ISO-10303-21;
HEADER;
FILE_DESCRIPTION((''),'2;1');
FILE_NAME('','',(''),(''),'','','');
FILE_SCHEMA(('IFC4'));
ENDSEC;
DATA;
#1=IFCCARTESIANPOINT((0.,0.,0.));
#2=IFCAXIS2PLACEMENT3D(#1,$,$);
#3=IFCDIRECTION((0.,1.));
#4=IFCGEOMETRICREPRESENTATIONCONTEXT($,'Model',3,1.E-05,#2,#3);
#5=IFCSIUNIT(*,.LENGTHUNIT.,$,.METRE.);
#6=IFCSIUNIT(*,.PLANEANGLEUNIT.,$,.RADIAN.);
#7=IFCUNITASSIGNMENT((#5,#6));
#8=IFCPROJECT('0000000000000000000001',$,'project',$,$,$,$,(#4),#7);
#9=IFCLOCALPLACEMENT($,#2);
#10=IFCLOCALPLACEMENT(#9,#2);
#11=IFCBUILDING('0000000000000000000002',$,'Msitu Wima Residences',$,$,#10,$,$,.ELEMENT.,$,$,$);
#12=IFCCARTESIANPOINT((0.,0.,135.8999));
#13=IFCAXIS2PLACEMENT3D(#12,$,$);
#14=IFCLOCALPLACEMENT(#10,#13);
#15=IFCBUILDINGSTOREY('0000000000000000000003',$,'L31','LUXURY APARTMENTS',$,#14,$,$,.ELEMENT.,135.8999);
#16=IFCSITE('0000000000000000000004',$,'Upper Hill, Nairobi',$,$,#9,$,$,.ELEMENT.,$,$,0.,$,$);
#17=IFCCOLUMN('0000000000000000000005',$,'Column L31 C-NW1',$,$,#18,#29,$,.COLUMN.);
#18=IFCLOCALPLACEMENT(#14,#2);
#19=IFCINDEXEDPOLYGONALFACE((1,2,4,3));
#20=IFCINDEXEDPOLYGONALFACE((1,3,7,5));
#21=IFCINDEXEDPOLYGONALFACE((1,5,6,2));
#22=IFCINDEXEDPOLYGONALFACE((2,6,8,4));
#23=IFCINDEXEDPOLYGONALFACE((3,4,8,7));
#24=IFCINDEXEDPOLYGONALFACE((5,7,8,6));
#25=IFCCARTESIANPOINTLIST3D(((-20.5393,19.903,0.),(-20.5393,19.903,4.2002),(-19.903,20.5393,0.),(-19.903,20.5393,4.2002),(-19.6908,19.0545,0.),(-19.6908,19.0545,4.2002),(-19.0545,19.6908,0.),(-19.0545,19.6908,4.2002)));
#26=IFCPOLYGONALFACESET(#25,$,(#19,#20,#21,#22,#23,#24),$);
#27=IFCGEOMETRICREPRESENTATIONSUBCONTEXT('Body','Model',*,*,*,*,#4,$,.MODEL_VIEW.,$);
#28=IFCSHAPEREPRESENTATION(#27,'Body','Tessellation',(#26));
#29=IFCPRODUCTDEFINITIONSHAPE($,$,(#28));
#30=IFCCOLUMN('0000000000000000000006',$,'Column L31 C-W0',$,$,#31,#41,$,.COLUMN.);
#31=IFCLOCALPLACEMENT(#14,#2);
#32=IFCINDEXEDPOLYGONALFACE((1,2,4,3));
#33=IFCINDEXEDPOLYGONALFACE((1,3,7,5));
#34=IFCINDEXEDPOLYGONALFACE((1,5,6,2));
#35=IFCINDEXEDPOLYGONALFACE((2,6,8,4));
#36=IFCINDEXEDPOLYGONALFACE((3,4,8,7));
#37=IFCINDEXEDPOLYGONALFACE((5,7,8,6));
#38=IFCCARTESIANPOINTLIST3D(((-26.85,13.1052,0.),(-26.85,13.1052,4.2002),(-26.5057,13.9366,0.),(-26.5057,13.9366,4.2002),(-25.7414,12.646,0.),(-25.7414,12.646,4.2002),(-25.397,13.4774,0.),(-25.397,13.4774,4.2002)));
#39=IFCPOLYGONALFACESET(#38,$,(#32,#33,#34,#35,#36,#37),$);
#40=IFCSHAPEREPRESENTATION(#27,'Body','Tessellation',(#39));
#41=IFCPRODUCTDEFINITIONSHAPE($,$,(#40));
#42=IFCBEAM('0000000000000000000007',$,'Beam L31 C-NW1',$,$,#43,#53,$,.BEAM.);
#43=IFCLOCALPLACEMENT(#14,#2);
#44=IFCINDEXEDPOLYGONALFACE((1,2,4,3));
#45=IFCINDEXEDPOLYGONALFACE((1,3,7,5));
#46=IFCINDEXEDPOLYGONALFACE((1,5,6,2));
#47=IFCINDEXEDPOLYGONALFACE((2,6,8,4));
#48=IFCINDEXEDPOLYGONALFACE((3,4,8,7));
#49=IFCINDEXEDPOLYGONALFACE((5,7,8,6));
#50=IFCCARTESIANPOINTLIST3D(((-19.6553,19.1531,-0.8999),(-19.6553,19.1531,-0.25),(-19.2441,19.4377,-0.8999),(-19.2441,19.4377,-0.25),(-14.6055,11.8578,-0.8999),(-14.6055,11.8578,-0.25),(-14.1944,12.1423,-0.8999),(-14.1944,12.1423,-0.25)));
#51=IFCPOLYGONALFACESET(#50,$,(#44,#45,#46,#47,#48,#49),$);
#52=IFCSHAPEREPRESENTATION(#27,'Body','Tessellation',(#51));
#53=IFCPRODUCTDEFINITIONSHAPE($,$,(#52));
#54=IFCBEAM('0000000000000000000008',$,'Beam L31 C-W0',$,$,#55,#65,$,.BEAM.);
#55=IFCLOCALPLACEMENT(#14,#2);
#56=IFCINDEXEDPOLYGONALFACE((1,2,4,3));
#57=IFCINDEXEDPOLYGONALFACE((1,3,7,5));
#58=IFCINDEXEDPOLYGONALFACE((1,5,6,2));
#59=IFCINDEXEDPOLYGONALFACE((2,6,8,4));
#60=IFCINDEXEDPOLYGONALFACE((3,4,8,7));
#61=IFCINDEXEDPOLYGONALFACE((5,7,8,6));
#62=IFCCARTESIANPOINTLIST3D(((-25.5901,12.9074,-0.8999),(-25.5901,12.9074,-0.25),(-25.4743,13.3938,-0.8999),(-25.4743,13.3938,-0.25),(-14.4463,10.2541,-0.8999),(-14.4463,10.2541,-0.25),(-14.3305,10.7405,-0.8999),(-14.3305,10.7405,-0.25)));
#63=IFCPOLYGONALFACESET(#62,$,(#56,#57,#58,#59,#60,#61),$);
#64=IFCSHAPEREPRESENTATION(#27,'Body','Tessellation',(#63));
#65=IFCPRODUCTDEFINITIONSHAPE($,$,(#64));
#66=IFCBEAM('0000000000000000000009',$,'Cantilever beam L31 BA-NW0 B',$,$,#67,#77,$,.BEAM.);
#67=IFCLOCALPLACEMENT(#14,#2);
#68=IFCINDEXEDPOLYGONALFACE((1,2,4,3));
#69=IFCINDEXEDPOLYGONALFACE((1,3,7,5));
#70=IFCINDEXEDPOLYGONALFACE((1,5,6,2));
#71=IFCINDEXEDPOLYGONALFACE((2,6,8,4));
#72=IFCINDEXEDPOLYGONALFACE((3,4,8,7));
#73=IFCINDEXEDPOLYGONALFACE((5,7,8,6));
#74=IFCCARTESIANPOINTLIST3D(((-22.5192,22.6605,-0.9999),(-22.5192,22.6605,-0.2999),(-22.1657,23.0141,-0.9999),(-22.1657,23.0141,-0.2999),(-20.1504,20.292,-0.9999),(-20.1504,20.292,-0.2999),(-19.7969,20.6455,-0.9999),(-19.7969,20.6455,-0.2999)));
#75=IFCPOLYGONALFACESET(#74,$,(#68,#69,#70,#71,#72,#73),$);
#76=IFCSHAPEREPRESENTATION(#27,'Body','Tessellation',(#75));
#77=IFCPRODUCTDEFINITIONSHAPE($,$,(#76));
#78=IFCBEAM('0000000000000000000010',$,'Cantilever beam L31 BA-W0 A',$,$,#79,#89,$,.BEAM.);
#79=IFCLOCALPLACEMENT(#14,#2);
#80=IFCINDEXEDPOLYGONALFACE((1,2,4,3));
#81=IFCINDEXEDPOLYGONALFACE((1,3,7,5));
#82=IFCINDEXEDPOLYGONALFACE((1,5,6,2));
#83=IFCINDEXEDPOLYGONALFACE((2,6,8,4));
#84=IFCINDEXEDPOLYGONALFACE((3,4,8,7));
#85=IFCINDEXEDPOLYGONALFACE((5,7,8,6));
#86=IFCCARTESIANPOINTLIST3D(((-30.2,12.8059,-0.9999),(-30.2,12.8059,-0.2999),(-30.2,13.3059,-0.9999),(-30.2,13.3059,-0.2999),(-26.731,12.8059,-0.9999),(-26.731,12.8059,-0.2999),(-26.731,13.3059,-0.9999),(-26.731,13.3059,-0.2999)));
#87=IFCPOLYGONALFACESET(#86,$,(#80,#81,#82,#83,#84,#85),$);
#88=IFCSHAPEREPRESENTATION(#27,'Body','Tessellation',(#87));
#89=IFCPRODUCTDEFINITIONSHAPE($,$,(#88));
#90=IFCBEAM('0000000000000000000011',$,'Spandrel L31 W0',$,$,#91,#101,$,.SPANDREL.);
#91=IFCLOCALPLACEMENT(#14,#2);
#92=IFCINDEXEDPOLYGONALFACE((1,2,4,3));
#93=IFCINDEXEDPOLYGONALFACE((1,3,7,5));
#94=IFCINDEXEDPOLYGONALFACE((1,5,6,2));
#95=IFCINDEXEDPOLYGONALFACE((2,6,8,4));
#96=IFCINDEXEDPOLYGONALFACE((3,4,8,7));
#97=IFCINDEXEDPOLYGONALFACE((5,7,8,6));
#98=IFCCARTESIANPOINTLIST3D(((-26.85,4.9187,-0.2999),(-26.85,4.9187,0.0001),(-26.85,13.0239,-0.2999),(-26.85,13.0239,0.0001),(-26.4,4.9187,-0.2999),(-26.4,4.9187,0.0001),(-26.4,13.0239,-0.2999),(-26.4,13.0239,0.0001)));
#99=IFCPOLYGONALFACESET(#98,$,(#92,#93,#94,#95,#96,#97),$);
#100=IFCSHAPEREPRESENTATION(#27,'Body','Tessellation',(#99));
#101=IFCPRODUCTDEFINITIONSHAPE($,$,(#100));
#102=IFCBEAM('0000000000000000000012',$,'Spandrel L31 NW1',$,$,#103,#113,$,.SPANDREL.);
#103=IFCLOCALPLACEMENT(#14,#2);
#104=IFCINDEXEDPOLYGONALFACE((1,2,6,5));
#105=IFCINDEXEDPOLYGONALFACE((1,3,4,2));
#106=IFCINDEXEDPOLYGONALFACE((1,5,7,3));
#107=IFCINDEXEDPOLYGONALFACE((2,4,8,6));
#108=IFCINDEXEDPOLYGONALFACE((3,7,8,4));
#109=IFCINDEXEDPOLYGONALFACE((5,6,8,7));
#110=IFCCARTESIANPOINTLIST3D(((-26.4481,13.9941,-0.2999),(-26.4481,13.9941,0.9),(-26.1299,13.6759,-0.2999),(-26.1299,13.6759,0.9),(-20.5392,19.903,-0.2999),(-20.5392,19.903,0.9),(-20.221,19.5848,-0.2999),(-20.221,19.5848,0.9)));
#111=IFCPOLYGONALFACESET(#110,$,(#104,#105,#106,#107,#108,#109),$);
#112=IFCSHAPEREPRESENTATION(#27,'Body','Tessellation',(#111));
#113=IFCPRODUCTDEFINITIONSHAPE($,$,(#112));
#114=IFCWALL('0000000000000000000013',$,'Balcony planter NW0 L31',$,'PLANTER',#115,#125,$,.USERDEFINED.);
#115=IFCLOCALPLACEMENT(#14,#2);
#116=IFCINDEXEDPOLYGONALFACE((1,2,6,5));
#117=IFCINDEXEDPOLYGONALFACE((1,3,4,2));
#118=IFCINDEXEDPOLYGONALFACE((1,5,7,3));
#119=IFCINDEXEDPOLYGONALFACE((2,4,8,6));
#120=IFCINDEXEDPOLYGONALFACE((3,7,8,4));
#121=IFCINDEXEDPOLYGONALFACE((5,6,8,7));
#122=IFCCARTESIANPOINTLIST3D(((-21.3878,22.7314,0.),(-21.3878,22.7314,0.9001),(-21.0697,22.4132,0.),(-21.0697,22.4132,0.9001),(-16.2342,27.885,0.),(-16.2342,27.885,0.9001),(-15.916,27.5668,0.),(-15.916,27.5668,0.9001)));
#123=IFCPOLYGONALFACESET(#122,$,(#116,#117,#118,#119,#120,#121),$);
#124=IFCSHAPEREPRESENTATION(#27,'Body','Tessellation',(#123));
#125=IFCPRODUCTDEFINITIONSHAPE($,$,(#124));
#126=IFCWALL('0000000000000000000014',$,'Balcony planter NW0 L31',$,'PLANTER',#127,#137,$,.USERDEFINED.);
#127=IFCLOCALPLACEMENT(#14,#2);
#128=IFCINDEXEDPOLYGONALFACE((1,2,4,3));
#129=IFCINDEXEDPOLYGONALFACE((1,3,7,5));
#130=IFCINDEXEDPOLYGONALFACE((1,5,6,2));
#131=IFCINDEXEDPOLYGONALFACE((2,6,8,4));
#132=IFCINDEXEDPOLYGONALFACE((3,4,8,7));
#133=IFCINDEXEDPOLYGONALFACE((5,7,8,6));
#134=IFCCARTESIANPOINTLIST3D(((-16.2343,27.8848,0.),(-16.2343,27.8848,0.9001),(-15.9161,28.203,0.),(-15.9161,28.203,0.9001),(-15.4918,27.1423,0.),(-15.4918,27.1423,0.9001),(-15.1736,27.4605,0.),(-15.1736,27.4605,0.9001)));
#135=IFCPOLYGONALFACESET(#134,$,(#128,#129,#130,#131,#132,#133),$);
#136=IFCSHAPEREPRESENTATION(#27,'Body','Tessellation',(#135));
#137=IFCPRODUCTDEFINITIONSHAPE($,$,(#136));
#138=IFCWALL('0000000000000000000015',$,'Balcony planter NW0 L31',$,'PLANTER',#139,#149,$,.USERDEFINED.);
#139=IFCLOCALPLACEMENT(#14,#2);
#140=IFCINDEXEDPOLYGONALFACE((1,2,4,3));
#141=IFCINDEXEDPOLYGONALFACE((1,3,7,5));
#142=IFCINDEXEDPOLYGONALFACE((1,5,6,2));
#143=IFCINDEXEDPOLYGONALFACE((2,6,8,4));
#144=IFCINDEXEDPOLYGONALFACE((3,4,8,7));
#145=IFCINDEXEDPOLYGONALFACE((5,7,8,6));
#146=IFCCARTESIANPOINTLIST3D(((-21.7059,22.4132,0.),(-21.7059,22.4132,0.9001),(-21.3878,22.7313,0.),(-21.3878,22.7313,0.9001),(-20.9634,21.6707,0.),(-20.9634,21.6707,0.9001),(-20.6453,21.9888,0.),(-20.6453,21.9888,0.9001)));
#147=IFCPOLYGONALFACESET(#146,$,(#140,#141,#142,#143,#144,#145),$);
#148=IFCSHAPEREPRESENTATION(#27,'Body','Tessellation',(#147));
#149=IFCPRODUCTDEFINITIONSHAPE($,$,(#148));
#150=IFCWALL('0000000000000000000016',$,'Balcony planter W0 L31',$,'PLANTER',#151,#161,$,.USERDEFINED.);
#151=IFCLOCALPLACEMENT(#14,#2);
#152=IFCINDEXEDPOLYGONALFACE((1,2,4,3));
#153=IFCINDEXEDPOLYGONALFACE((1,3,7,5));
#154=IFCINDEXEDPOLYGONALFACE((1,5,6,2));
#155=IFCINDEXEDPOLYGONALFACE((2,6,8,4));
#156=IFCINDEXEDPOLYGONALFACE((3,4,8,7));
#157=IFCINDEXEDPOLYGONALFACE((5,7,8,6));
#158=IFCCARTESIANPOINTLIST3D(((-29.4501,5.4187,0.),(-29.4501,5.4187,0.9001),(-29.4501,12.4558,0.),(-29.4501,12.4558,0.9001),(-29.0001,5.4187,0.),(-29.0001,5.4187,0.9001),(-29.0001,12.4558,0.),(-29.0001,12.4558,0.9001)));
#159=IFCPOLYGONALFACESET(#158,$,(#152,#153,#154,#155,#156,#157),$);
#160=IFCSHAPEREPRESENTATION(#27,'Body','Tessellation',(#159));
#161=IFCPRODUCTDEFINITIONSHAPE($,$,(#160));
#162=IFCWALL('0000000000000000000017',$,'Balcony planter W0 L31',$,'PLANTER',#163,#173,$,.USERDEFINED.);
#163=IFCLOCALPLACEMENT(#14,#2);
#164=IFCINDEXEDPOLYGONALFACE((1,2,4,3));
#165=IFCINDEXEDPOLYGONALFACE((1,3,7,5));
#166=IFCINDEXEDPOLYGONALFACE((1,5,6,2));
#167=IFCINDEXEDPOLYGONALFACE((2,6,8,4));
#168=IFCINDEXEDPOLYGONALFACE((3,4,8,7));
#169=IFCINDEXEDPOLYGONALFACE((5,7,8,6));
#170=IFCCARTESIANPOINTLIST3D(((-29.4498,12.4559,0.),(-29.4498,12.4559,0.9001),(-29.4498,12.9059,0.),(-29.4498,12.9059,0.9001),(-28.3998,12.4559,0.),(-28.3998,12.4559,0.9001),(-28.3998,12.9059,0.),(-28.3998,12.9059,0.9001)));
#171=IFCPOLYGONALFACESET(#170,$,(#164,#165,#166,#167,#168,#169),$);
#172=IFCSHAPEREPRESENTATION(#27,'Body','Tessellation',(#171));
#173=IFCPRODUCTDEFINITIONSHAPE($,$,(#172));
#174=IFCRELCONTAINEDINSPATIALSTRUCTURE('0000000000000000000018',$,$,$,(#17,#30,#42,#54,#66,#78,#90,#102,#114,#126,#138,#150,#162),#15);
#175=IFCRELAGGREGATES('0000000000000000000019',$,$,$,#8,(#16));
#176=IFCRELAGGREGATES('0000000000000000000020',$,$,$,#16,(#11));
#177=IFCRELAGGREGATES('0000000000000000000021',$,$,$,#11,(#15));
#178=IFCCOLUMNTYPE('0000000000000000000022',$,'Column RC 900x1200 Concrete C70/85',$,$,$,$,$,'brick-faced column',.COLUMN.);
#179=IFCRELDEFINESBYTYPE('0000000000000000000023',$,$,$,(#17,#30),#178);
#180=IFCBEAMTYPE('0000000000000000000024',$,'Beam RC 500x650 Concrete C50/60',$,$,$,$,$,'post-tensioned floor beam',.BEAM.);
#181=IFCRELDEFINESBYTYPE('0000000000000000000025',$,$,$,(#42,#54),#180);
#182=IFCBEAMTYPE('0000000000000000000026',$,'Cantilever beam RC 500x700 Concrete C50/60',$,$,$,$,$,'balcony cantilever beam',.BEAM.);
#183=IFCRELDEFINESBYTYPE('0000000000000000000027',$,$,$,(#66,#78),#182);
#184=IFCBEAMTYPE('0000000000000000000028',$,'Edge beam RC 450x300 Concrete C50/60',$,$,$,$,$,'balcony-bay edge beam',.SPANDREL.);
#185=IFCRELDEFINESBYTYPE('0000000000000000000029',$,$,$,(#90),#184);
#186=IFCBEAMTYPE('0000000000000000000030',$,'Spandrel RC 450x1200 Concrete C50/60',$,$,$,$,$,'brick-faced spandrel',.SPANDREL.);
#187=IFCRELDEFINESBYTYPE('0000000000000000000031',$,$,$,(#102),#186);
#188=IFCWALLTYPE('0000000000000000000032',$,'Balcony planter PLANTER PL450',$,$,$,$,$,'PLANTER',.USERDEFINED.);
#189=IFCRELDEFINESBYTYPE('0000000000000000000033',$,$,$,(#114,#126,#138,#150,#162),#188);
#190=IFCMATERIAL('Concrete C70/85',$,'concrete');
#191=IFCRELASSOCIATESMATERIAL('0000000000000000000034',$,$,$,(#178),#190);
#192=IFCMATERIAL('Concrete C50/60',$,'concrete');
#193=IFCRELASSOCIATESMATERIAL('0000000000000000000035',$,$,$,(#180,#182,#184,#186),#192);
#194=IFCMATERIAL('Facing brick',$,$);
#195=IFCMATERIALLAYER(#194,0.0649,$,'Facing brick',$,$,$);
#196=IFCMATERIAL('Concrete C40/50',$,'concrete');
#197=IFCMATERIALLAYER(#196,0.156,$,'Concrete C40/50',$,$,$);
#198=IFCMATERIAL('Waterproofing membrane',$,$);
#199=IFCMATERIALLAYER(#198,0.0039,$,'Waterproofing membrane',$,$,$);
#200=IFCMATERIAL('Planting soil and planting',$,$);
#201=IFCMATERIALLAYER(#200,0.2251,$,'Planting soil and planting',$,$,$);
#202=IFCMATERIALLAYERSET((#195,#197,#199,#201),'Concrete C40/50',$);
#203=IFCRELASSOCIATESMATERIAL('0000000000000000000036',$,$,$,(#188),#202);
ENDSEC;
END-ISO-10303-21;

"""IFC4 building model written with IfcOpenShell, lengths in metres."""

from ifc_helpers import new_model, si_unit, direction, frame, frame_2d, origin, origin_2d, place, context, subcontext, project, spatial, rectangle, extrude, material, layer, layer_set, material_profile, profile_set, type_object, element, save


model = new_model("IFC4")

# Units and contexts
model_context = context("Model", 3, precision=1e-05, world=origin(), true_north=direction((0.0, 1.0)))
body_context = subcontext(model_context, "Body", "Model", "MODEL_VIEW")
ifc_project = project(units=[si_unit("LENGTHUNIT", "METRE"), si_unit("PLANEANGLEUNIT", "RADIAN")], contexts=[model_context])

# Site, building, storey
site_placement = place(None, origin())
site = spatial("IfcSite", under=ifc_project, at=site_placement, Name="Upper Hill, Nairobi", CompositionType="ELEMENT", RefElevation=0.0)
building_placement = place(site_placement, origin())
building = spatial("IfcBuilding", under=site, at=building_placement, Name="Msitu Wima Residences", CompositionType="ELEMENT")
storey_placement = place(building_placement, frame((0.0, 0.0, 135.8999)))
storey = spatial("IfcBuildingStorey", under=building, at=storey_placement, Name="L31", Description="LUXURY APARTMENTS", CompositionType="ELEMENT", Elevation=135.8999)

# Columns
ifc_material_1 = material(Name="Concrete C70/85", Category="concrete")
ifc_material_profile_1 = material_profile(ifc_material_1, rectangle(XDim=0.8999, YDim=1.2, at=origin_2d()), Name="RC 900x1200")
ifc_profile_set_1 = profile_set([ifc_material_profile_1], Name="Concrete C70/85")
column_type = type_object("IfcColumnType", Name="Column RC 900x1200 Concrete C70/85", ElementType="brick-faced column", PredefinedType="COLUMN", material=ifc_profile_set_1)
for number, where, z_axis, x_axis, name in (
    (1, (-19.7969, 19.7969, 0.0), (0.0, 0.0, 1.0), (-0.707107, -0.707107, 0.0), "Column L31 C-NW1"),
    (2, (-26.1235, 13.2913, 0.0), (0.0, 0.0, 1.0), (-0.382683, -0.92388, 0.0), "Column L31 C-W0"),
):
    element("IfcColumn", number, at=place(storey_placement, frame(where, z_axis=z_axis, x_axis=x_axis)), inside=storey, type_object=column_type, Name=name, PredefinedType="COLUMN", context=body_context, shape_type="SweptSolid", body=[
        extrude(rectangle(XDim=0.8999, YDim=1.2, at=origin_2d()), origin(), (0.0, 0.0, 1.0), 4.2002),
    ])

# Beams
ifc_material_2 = material(Name="Concrete C50/60", Category="concrete")
ifc_material_profile_2 = material_profile(ifc_material_2, rectangle(XDim=0.5, YDim=0.6499, at=origin_2d()), Name="RC 500x650")
ifc_profile_set_2 = profile_set([ifc_material_profile_2], Name="Concrete C50/60")
beam_type_1 = type_object("IfcBeamType", Name="Beam RC 500x650 Concrete C50/60", ElementType="post-tensioned floor beam", PredefinedType="BEAM", material=ifc_profile_set_2)
beam_1_placement = place(storey_placement, frame((-19.4497, 19.2954, -0.575), z_axis=(0.569144, -0.822238, 0.0), x_axis=(0.822238, 0.569144, 0.0)))
element("IfcBeam", 3, at=beam_1_placement, inside=storey, type_object=beam_type_1, Name="Beam L31 C-NW1", PredefinedType="BEAM", context=body_context, shape_type="SweptSolid", body=[
    extrude(rectangle(XDim=0.5, YDim=0.6499, at=origin_2d()), origin(), (0.0, 0.0, 1.0), 8.8726),
])
beam_2_placement = place(storey_placement, frame((-25.5322, 13.1506, -0.575), z_axis=(0.972806, -0.231623, 0.0), x_axis=(0.231623, 0.972806, 0.0)))
element("IfcBeam", 4, at=beam_2_placement, inside=storey, type_object=beam_type_1, Name="Beam L31 C-W0", PredefinedType="BEAM", context=body_context, shape_type="SweptSolid", body=[
    extrude(rectangle(XDim=0.5, YDim=0.6499, at=origin_2d()), origin(), (0.0, 0.0, 1.0), 11.4553),
])
ifc_material_profile_3 = material_profile(ifc_material_2, rectangle(XDim=0.5, YDim=0.7, at=origin_2d()), Name="RC 500x700")
ifc_profile_set_3 = profile_set([ifc_material_profile_3], Name="Concrete C50/60")
beam_type_2 = type_object("IfcBeamType", Name="Cantilever beam RC 500x700 Concrete C50/60", ElementType="balcony cantilever beam", PredefinedType="BEAM", material=ifc_profile_set_3)
beam_3_placement = place(storey_placement, frame((-19.9736, 20.4688, -0.6499), z_axis=(-0.707143, 0.70707, 0.0), x_axis=(-0.70707, -0.707143, 0.0)))
element("IfcBeam", 5, at=beam_3_placement, inside=storey, type_object=beam_type_2, Name="Cantilever beam L31 BA-NW0 B", PredefinedType="BEAM", context=body_context, shape_type="SweptSolid", body=[
    extrude(rectangle(XDim=0.5, YDim=0.7, at=origin_2d()), origin(), (0.0, 0.0, 1.0), 3.3499),
])
beam_4_placement = place(storey_placement, frame((-26.731, 13.0559, -0.6499), z_axis=(-1.0, 0.0, 0.0), x_axis=(0.0, -1.0, 0.0)))
element("IfcBeam", 6, at=beam_4_placement, inside=storey, type_object=beam_type_2, Name="Cantilever beam L31 BA-W0 A", PredefinedType="BEAM", context=body_context, shape_type="SweptSolid", body=[
    extrude(rectangle(XDim=0.5, YDim=0.7, at=origin_2d()), origin(), (0.0, 0.0, 1.0), 3.469),
])
ifc_material_profile_4 = material_profile(ifc_material_2, rectangle(XDim=0.45, YDim=0.3, at=origin_2d()), Name="RC 450x300")
ifc_profile_set_4 = profile_set([ifc_material_profile_4], Name="Concrete C50/60")
beam_type_3 = type_object("IfcBeamType", Name="Edge beam RC 450x300 Concrete C50/60", ElementType="balcony-bay edge beam", PredefinedType="SPANDREL", material=ifc_profile_set_4)
beam_5_placement = place(storey_placement, frame((-26.625, 13.0239, -0.1499), z_axis=(0.0, -1.0, 0.0), x_axis=(1.0, 0.0, 0.0)))
element("IfcBeam", 7, at=beam_5_placement, inside=storey, type_object=beam_type_3, Name="Spandrel L31 W0", PredefinedType="SPANDREL", context=body_context, shape_type="SweptSolid", body=[
    extrude(rectangle(XDim=0.45, YDim=0.3, at=origin_2d()), origin(), (0.0, 0.0, 1.0), 8.1052),
])
ifc_material_profile_5 = material_profile(ifc_material_2, rectangle(XDim=0.45, YDim=1.2, at=origin_2d()), Name="RC 450x1200")
ifc_profile_set_5 = profile_set([ifc_material_profile_5], Name="Concrete C50/60")
beam_type_4 = type_object("IfcBeamType", Name="Spandrel RC 450x1200 Concrete C50/60", ElementType="brick-faced spandrel", PredefinedType="SPANDREL", material=ifc_profile_set_5)
beam_6_placement = place(storey_placement, frame((-20.3801, 19.7439, 0.3), z_axis=(-0.707107, -0.707107, 0.0), x_axis=(0.707107, -0.707107, 0.0)))
element("IfcBeam", 8, at=beam_6_placement, inside=storey, type_object=beam_type_4, Name="Spandrel L31 NW1", PredefinedType="SPANDREL", context=body_context, shape_type="SweptSolid", body=[
    extrude(rectangle(XDim=0.45, YDim=1.2, at=origin_2d()), origin(), (0.0, 0.0, 1.0), 8.3564),
])

# Walls
ifc_material_3 = material(Name="Facing brick")
ifc_layer_1 = layer(ifc_material_3, 0.0649, Name="Facing brick")
ifc_material_4 = material(Name="Concrete C40/50", Category="concrete")
ifc_layer_2 = layer(ifc_material_4, 0.156, Name="Concrete C40/50")
ifc_material_5 = material(Name="Waterproofing membrane")
ifc_layer_3 = layer(ifc_material_5, 0.0039, Name="Waterproofing membrane")
ifc_material_6 = material(Name="Planting soil and planting")
ifc_layer_4 = layer(ifc_material_6, 0.2251, Name="Planting soil and planting")
ifc_layer_set_1 = layer_set([ifc_layer_1, ifc_layer_2, ifc_layer_3, ifc_layer_4], Name="Concrete C40/50")
wall_type_1 = type_object("IfcWallType", Name="Balcony planter PLANTER PL450", ElementType="PLANTER", PredefinedType="USERDEFINED", material=ifc_layer_set_1)
wall_1_placement = place(storey_placement, frame((-16.0752, 27.7258, 0.0), z_axis=(0.0, 0.0, 1.0), x_axis=(-0.707107, -0.707107, 0.0)))
element("IfcWall", 9, at=wall_1_placement, inside=storey, type_object=wall_type_1, Name="Balcony planter NW0 L31", ObjectType="PLANTER", PredefinedType="USERDEFINED", context=body_context, shape_type="SweptSolid", body=[
    extrude(rectangle(XDim=7.2883, YDim=0.45, at=frame_2d((3.644, 0.0))), origin(), (0.0, 0.0, 1.0), 0.9001),
])
for number, where, z_axis, x_axis, name in (
    (10, (-15.3328, 27.3015, 0.0), (0.0, 0.0, 1.0), (-0.707107, 0.707107, 0.0), "Balcony planter NW0 L31"),
    (11, (-20.8044, 21.8298, 0.0), (0.0, 0.0, 1.0), (-0.707107, 0.707107, 0.0), "Balcony planter NW0 L31"),
):
    element("IfcWall", number, at=place(storey_placement, frame(where, z_axis=z_axis, x_axis=x_axis)), inside=storey, type_object=wall_type_1, Name=name, ObjectType="PLANTER", PredefinedType="USERDEFINED", context=body_context, shape_type="SweptSolid", body=[
        extrude(rectangle(XDim=1.05, YDim=0.45, at=frame_2d((0.5249, 0.0))), origin(), (0.0, 0.0, 1.0), 0.9001),
    ])
wall_2_placement = place(storey_placement, frame((-29.2251, 12.4558, 0.0), z_axis=(0.0, 0.0, 1.0), x_axis=(0.0, -1.0, 0.0)))
element("IfcWall", 12, at=wall_2_placement, inside=storey, type_object=wall_type_1, Name="Balcony planter W0 L31", ObjectType="PLANTER", PredefinedType="USERDEFINED", context=body_context, shape_type="SweptSolid", body=[
    extrude(rectangle(XDim=7.0371, YDim=0.45, at=frame_2d((3.5186, 0.0))), origin(), (0.0, 0.0, 1.0), 0.9001),
])
wall_3_placement = place(storey_placement, frame((-28.3999, 12.6809, 0.0), z_axis=(0.0, 0.0, 1.0), x_axis=(-1.0, 0.0, 0.0)))
element("IfcWall", 13, at=wall_3_placement, inside=storey, type_object=wall_type_1, Name="Balcony planter W0 L31", ObjectType="PLANTER", PredefinedType="USERDEFINED", context=body_context, shape_type="SweptSolid", body=[
    extrude(rectangle(XDim=1.05, YDim=0.45, at=frame_2d((0.5249, 0.0))), origin(), (0.0, 0.0, 1.0), 0.9001),
])

save(model, "model.ifc")
